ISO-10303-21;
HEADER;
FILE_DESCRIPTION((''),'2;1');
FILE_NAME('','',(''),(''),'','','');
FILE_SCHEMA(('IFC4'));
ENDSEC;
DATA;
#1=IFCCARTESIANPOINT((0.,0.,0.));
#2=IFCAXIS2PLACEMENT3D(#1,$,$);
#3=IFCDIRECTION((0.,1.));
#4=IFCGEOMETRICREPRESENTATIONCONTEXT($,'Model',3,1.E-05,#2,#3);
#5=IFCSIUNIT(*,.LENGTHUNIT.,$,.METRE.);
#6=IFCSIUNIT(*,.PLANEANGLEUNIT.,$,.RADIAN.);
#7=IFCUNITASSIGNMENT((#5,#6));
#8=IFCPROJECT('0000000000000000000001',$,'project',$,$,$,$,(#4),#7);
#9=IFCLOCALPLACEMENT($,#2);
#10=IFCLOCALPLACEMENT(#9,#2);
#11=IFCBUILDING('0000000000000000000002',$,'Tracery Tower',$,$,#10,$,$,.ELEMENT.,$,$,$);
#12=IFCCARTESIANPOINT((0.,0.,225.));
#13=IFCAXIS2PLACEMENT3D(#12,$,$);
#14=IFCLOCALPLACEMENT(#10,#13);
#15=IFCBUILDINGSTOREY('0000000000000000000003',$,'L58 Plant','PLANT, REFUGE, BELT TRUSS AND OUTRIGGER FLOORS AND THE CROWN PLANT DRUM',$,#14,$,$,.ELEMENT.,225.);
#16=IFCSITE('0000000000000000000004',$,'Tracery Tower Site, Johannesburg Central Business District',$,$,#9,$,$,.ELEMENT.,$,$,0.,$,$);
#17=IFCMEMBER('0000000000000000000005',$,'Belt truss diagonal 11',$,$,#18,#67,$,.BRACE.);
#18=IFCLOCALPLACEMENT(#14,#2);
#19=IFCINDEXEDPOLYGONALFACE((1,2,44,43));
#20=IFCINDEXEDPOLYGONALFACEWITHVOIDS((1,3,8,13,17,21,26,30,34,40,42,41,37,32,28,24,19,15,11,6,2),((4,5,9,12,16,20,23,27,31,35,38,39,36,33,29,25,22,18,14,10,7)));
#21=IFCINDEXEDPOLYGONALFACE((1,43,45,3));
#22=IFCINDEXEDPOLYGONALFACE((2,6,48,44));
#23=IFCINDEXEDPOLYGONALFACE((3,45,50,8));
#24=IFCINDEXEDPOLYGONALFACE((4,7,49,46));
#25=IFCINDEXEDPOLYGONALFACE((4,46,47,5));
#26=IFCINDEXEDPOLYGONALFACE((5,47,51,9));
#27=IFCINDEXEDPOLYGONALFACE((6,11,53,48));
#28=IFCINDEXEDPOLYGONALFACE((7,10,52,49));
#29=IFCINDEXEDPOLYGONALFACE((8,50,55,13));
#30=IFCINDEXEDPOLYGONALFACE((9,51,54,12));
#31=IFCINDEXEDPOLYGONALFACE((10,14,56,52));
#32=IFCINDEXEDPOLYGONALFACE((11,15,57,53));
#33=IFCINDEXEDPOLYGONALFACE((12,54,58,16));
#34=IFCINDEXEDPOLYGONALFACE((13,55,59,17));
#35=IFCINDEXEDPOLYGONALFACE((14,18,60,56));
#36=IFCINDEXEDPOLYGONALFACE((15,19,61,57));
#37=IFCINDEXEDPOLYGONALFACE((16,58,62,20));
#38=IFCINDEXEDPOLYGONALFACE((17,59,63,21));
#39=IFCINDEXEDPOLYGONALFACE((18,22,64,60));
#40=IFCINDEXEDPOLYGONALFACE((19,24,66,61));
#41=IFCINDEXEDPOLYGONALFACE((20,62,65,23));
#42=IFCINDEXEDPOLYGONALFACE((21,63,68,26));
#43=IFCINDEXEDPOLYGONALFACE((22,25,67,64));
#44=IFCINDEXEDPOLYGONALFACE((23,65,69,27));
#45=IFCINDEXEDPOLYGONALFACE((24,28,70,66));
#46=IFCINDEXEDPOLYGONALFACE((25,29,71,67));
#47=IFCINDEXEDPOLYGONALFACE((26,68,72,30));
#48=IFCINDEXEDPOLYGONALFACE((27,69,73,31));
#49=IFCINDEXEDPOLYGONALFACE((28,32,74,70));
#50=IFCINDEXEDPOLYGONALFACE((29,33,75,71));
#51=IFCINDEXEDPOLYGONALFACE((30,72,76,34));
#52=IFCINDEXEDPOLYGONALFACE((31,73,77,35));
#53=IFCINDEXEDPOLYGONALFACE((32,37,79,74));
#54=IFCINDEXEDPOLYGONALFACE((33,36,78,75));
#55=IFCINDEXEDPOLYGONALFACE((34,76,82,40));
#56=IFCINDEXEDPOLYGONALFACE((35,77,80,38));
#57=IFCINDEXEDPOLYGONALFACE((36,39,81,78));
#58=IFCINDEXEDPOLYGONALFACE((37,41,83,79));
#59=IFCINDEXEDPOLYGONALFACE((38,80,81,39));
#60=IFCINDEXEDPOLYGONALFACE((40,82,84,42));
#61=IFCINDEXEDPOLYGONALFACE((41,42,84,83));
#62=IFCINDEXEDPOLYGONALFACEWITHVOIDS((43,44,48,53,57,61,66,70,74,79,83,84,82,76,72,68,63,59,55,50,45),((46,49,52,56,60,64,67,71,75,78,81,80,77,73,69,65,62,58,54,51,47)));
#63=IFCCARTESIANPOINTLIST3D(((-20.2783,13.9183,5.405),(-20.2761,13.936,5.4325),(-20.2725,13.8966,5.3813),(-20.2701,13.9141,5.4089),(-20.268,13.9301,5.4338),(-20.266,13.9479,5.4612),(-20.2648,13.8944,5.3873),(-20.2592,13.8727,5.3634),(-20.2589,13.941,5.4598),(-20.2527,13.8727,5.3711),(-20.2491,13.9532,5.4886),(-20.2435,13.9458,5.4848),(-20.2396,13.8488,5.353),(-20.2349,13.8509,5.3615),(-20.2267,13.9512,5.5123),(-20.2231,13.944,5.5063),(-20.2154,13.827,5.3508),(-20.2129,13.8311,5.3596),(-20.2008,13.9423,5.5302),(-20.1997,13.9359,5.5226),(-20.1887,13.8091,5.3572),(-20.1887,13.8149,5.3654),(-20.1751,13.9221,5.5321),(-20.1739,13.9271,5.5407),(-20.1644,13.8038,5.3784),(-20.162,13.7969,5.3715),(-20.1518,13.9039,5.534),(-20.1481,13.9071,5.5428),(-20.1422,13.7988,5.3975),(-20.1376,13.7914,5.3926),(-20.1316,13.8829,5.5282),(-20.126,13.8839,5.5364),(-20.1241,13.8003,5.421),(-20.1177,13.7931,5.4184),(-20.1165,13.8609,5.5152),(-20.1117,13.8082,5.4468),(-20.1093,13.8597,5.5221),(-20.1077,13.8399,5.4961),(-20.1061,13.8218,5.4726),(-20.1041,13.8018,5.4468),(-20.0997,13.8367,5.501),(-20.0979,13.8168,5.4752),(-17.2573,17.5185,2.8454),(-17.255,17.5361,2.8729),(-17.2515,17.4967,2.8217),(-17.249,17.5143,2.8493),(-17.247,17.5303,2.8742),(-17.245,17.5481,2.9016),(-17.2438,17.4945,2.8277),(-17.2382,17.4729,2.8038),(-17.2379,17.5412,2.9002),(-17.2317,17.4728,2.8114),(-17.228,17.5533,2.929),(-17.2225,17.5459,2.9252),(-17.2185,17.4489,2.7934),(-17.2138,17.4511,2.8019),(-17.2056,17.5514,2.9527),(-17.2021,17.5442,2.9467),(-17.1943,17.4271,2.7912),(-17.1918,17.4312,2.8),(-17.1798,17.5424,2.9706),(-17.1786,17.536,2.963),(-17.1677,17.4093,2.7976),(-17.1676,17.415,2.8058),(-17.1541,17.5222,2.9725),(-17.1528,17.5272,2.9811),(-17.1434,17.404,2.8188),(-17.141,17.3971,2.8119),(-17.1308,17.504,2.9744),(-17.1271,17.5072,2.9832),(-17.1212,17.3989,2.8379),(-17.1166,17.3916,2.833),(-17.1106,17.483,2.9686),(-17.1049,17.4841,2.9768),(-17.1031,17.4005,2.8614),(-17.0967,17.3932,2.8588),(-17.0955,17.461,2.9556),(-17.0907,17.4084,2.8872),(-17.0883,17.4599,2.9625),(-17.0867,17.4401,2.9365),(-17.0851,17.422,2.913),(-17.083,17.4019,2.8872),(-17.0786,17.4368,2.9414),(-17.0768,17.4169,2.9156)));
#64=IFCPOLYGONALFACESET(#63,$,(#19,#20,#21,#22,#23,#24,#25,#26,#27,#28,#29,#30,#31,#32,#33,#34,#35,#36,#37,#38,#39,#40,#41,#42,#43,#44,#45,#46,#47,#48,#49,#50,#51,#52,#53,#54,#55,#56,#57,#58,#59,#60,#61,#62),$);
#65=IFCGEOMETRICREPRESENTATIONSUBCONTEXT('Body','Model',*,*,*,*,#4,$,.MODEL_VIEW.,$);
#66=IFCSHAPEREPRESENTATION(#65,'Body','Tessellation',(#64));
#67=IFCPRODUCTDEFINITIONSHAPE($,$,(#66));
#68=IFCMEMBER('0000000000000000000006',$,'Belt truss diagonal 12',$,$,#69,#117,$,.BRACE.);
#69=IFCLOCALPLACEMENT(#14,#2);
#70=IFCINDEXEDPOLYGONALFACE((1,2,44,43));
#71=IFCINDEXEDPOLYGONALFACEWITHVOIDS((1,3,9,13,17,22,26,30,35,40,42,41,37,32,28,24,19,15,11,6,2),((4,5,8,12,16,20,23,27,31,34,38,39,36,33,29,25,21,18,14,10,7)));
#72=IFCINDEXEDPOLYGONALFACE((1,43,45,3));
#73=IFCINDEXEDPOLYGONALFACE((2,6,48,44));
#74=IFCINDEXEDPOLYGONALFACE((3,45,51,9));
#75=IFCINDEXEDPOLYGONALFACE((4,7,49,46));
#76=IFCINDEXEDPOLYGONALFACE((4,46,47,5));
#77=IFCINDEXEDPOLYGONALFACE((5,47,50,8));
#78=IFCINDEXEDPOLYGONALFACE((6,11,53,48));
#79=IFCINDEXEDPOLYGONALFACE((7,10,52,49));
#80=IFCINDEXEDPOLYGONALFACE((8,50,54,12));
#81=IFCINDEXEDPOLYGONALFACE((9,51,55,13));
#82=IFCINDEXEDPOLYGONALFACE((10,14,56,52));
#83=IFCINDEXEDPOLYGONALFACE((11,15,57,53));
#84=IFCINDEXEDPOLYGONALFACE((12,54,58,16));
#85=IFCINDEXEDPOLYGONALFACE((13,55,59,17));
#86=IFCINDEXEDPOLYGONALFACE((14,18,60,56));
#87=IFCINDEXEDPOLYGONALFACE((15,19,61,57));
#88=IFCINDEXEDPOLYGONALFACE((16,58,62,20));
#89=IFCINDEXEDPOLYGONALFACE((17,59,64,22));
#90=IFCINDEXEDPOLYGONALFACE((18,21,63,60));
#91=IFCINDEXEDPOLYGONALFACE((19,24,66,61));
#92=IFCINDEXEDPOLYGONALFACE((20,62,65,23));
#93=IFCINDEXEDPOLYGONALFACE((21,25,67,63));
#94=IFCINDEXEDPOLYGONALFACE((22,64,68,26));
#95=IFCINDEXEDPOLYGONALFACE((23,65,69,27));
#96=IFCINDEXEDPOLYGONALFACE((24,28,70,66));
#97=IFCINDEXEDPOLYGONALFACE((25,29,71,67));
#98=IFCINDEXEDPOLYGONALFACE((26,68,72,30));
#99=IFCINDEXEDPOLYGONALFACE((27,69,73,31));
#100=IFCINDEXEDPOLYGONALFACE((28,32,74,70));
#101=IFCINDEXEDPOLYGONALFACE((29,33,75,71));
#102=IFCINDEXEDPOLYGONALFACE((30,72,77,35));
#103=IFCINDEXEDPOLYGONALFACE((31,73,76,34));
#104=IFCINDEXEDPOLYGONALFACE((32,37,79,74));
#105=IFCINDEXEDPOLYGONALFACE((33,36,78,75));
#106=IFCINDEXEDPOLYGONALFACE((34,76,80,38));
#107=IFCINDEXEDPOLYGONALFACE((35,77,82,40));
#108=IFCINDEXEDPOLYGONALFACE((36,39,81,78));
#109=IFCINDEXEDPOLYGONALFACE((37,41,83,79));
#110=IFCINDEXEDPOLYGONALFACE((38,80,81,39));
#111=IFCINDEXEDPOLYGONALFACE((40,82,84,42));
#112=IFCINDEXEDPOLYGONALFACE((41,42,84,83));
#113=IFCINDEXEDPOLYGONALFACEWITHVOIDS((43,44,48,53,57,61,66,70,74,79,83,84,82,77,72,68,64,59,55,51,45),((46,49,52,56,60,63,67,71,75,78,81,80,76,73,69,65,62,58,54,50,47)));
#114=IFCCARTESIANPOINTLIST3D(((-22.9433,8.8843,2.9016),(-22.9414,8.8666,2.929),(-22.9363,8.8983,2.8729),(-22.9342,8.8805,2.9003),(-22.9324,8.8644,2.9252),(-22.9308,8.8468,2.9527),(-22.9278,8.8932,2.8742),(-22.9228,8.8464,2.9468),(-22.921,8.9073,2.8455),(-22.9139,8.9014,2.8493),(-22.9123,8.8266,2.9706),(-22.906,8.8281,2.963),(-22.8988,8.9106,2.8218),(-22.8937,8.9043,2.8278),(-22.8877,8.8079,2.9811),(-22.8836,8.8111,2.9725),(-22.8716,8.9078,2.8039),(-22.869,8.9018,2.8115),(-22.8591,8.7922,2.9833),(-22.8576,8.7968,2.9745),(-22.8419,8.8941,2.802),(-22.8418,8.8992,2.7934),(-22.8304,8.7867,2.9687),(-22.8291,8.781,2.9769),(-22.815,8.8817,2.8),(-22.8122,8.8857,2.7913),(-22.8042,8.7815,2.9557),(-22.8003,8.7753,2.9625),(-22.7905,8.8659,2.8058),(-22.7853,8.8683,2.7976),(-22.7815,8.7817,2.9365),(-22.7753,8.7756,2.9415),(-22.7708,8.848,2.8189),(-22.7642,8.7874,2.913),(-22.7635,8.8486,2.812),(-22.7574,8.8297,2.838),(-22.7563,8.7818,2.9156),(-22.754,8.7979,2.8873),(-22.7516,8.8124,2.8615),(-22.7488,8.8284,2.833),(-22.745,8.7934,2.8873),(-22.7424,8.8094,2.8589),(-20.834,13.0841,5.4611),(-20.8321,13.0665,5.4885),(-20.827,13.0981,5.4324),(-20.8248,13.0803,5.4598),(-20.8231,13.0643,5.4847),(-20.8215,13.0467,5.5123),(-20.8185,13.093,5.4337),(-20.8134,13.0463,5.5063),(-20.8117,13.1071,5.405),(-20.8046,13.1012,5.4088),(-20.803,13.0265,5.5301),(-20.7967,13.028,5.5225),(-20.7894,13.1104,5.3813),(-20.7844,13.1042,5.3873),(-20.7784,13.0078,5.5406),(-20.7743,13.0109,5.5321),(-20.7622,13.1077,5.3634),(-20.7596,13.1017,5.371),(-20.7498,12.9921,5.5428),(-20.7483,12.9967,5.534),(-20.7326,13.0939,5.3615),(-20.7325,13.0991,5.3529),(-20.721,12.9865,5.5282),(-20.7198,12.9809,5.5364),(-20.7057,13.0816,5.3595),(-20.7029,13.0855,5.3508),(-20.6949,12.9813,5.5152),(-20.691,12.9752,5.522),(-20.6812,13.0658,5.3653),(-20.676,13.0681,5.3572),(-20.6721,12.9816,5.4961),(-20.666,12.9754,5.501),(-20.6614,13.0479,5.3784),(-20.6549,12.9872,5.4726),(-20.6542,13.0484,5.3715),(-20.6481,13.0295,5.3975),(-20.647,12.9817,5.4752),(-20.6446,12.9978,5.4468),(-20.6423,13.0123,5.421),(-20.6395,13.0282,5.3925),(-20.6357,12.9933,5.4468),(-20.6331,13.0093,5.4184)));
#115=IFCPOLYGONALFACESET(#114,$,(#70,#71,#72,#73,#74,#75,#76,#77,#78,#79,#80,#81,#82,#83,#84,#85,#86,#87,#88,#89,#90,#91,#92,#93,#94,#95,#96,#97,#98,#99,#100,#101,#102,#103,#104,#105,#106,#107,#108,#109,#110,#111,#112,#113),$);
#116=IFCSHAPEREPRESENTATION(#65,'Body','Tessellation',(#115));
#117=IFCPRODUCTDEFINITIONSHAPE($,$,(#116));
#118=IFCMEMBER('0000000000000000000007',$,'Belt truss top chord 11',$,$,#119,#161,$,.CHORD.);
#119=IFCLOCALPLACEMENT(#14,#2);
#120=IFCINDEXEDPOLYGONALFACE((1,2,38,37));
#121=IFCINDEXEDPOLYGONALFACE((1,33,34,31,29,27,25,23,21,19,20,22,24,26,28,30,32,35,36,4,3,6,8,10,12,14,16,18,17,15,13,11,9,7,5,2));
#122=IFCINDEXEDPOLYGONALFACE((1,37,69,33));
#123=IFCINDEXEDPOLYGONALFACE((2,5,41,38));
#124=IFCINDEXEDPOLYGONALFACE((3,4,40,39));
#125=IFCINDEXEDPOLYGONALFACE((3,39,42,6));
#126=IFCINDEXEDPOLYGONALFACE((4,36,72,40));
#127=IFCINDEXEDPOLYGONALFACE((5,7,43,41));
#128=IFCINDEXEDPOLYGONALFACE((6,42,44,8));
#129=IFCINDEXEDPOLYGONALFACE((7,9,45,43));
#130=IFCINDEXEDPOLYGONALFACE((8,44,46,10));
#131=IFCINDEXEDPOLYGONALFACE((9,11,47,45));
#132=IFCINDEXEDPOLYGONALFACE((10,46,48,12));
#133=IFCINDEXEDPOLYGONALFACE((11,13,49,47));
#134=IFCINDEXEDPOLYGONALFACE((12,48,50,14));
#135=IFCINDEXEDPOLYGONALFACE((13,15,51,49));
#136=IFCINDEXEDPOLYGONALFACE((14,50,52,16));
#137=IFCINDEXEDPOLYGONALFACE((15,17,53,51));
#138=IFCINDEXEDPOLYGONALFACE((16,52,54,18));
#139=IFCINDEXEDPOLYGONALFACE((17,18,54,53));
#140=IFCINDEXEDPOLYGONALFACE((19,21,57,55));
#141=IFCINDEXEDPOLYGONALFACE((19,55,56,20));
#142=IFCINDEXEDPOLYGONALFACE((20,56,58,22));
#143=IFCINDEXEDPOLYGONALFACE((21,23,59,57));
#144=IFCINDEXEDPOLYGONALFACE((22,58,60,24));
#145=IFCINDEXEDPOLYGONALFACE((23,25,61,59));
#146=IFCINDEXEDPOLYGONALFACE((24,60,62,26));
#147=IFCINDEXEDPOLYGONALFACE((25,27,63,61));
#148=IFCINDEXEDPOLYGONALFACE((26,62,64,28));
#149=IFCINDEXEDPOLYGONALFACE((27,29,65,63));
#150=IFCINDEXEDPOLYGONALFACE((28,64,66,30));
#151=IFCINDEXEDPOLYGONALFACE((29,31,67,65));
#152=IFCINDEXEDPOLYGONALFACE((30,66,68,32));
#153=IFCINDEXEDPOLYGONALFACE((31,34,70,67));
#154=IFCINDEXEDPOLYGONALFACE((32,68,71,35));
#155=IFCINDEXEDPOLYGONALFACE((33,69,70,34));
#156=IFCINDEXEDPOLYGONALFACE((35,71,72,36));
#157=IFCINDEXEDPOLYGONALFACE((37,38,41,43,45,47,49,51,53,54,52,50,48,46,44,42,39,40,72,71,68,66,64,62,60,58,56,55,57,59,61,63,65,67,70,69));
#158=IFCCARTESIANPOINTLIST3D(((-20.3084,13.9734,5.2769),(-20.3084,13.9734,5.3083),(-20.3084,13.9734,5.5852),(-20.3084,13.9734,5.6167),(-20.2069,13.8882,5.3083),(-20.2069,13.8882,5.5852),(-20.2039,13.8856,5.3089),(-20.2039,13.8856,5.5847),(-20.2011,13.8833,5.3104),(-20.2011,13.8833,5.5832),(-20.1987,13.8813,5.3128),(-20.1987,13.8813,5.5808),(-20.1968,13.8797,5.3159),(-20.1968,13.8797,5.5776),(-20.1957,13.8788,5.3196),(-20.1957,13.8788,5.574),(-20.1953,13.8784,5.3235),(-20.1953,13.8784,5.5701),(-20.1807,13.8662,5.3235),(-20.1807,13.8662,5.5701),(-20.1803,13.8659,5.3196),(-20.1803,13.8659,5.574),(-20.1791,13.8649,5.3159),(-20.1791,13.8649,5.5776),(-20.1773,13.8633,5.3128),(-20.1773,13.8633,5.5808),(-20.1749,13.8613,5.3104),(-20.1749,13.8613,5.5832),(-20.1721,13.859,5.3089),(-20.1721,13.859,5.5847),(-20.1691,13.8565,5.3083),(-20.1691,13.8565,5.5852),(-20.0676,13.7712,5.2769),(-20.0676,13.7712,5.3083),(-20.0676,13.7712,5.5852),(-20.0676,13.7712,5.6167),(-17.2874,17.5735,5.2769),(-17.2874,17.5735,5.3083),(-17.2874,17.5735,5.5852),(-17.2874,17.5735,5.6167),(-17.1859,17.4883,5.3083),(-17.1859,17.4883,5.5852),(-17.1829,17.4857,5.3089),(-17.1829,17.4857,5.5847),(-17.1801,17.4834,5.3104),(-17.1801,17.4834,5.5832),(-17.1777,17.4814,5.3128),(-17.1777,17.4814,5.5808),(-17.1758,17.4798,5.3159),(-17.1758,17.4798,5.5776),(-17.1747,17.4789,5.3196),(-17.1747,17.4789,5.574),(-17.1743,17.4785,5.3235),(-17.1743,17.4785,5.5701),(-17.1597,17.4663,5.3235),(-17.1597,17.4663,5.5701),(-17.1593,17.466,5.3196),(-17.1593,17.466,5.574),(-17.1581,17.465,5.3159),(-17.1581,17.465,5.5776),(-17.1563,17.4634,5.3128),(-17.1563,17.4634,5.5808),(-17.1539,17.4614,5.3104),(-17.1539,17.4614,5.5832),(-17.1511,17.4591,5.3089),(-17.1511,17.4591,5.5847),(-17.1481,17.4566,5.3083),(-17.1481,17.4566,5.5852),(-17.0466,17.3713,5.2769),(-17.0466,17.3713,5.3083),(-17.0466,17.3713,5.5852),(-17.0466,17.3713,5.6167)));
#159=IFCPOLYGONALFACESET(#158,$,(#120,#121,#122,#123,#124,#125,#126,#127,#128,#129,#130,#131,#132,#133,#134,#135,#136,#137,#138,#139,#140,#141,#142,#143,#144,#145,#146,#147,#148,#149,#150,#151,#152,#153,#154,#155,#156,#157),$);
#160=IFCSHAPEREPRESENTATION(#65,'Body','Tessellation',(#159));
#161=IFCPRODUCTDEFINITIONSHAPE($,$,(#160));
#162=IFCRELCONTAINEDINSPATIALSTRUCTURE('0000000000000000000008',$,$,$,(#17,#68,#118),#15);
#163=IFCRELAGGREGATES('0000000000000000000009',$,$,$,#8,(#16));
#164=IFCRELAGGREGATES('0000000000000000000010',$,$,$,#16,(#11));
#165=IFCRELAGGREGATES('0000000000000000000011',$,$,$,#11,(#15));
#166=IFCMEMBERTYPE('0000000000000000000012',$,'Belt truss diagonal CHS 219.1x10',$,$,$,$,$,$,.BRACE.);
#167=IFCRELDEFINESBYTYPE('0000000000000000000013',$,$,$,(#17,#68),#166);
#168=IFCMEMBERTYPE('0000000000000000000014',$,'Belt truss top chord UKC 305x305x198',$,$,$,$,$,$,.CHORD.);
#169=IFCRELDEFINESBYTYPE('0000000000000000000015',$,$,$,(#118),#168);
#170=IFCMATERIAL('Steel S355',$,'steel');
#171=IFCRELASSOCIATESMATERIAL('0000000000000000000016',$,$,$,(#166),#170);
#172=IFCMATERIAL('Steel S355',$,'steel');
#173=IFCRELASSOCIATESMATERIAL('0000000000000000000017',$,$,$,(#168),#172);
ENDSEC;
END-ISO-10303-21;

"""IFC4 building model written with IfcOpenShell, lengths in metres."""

from ifc_helpers import new_model, si_unit, direction, frame, origin, origin_2d, place, context, subcontext, project, spatial, hollow_circle, i_section, extrude, material, material_profile, profile_set, type_object, element, save


model = new_model("IFC4")

# Units and contexts
model_context = context("Model", 3, precision=1e-05, world=origin(), true_north=direction((0.0, 1.0)))
body_context = subcontext(model_context, "Body", "Model", "MODEL_VIEW")
ifc_project = project(units=[si_unit("LENGTHUNIT", "METRE"), si_unit("PLANEANGLEUNIT", "RADIAN")], contexts=[model_context])

# Site, building, storey
site_placement = place(None, origin())
site = spatial("IfcSite", under=ifc_project, at=site_placement, Name="Tracery Tower Site, Johannesburg Central Business District", CompositionType="ELEMENT", RefElevation=0.0)
building_placement = place(site_placement, origin())
building = spatial("IfcBuilding", under=site, at=building_placement, Name="Tracery Tower", CompositionType="ELEMENT")
storey_placement = place(building_placement, frame((0.0, 0.0, 225.0)))
storey = spatial("IfcBuildingStorey", under=building, at=storey_placement, Name="L58 Plant", Description="PLANT, REFUGE, BELT TRUSS AND OUTRIGGER FLOORS AND THE CROWN PLANT DRUM", CompositionType="ELEMENT", Elevation=225.0)

# Members
ifc_material_1 = material(Name="Steel S355", Category="steel")
ifc_material_profile_1 = material_profile(ifc_material_1, hollow_circle(Radius=0.1096, WallThickness=0.01, at=origin_2d()), Name="CHS 219.1x10")
ifc_profile_set_1 = profile_set([ifc_material_profile_1], Name="Steel S355")
member_type_1 = type_object("IfcMemberType", Name="Belt truss diagonal CHS 219.1x10", PredefinedType="BRACE", material=ifc_profile_set_1)
for number, where, z_axis, x_axis, name in (
    (1, (-17.167, 17.4724, 2.8872), (-0.564514, -0.672727, 0.478291), (0.766028, -0.642807, 0.0), "Belt truss diagonal 11"),
    (2, (-20.7336, 13.0425, 5.4468), (-0.394152, -0.784792, -0.478274), (0.893626, -0.448813, 0.0), "Belt truss diagonal 12"),
):
    element("IfcMember", number, at=place(storey_placement, frame(where, z_axis=z_axis, x_axis=x_axis)), inside=storey, type_object=member_type_1, Name=name, PredefinedType="BRACE", context=body_context, shape_type="SweptSolid", body=[
        extrude(hollow_circle(Radius=0.1096, WallThickness=0.01, at=origin_2d()), origin(), (0.0, 0.0, 1.0), 5.3516),
    ])
ifc_material_2 = material(Name="Steel S355", Category="steel")
ifc_material_profile_2 = material_profile(ifc_material_2, i_section(OverallWidth=0.3145, OverallDepth=0.3398, WebThickness=0.019, FlangeThickness=0.0315, FilletRadius=0.0151, at=origin_2d()), Name="UKC 305x305x198")
ifc_profile_set_2 = profile_set([ifc_material_profile_2], Name="Steel S355")
member_type_2 = type_object("IfcMemberType", Name="Belt truss top chord UKC 305x305x198", PredefinedType="CHORD", material=ifc_profile_set_2)
member_1_placement = place(storey_placement, frame((-17.167, 17.4724, 5.4468), z_axis=(-0.642807, -0.766028, 0.0), x_axis=(0.766028, -0.642807, 0.0)))
element("IfcMember", 3, at=member_1_placement, inside=storey, type_object=member_type_2, Name="Belt truss top chord 11", PredefinedType="CHORD", context=body_context, shape_type="SweptSolid", body=[
    extrude(i_section(OverallWidth=0.3145, OverallDepth=0.3398, WebThickness=0.019, FlangeThickness=0.0315, FilletRadius=0.0151, at=origin_2d()), origin(), (0.0, 0.0, 1.0), 4.6997),
])

save(model, "model.ifc")
